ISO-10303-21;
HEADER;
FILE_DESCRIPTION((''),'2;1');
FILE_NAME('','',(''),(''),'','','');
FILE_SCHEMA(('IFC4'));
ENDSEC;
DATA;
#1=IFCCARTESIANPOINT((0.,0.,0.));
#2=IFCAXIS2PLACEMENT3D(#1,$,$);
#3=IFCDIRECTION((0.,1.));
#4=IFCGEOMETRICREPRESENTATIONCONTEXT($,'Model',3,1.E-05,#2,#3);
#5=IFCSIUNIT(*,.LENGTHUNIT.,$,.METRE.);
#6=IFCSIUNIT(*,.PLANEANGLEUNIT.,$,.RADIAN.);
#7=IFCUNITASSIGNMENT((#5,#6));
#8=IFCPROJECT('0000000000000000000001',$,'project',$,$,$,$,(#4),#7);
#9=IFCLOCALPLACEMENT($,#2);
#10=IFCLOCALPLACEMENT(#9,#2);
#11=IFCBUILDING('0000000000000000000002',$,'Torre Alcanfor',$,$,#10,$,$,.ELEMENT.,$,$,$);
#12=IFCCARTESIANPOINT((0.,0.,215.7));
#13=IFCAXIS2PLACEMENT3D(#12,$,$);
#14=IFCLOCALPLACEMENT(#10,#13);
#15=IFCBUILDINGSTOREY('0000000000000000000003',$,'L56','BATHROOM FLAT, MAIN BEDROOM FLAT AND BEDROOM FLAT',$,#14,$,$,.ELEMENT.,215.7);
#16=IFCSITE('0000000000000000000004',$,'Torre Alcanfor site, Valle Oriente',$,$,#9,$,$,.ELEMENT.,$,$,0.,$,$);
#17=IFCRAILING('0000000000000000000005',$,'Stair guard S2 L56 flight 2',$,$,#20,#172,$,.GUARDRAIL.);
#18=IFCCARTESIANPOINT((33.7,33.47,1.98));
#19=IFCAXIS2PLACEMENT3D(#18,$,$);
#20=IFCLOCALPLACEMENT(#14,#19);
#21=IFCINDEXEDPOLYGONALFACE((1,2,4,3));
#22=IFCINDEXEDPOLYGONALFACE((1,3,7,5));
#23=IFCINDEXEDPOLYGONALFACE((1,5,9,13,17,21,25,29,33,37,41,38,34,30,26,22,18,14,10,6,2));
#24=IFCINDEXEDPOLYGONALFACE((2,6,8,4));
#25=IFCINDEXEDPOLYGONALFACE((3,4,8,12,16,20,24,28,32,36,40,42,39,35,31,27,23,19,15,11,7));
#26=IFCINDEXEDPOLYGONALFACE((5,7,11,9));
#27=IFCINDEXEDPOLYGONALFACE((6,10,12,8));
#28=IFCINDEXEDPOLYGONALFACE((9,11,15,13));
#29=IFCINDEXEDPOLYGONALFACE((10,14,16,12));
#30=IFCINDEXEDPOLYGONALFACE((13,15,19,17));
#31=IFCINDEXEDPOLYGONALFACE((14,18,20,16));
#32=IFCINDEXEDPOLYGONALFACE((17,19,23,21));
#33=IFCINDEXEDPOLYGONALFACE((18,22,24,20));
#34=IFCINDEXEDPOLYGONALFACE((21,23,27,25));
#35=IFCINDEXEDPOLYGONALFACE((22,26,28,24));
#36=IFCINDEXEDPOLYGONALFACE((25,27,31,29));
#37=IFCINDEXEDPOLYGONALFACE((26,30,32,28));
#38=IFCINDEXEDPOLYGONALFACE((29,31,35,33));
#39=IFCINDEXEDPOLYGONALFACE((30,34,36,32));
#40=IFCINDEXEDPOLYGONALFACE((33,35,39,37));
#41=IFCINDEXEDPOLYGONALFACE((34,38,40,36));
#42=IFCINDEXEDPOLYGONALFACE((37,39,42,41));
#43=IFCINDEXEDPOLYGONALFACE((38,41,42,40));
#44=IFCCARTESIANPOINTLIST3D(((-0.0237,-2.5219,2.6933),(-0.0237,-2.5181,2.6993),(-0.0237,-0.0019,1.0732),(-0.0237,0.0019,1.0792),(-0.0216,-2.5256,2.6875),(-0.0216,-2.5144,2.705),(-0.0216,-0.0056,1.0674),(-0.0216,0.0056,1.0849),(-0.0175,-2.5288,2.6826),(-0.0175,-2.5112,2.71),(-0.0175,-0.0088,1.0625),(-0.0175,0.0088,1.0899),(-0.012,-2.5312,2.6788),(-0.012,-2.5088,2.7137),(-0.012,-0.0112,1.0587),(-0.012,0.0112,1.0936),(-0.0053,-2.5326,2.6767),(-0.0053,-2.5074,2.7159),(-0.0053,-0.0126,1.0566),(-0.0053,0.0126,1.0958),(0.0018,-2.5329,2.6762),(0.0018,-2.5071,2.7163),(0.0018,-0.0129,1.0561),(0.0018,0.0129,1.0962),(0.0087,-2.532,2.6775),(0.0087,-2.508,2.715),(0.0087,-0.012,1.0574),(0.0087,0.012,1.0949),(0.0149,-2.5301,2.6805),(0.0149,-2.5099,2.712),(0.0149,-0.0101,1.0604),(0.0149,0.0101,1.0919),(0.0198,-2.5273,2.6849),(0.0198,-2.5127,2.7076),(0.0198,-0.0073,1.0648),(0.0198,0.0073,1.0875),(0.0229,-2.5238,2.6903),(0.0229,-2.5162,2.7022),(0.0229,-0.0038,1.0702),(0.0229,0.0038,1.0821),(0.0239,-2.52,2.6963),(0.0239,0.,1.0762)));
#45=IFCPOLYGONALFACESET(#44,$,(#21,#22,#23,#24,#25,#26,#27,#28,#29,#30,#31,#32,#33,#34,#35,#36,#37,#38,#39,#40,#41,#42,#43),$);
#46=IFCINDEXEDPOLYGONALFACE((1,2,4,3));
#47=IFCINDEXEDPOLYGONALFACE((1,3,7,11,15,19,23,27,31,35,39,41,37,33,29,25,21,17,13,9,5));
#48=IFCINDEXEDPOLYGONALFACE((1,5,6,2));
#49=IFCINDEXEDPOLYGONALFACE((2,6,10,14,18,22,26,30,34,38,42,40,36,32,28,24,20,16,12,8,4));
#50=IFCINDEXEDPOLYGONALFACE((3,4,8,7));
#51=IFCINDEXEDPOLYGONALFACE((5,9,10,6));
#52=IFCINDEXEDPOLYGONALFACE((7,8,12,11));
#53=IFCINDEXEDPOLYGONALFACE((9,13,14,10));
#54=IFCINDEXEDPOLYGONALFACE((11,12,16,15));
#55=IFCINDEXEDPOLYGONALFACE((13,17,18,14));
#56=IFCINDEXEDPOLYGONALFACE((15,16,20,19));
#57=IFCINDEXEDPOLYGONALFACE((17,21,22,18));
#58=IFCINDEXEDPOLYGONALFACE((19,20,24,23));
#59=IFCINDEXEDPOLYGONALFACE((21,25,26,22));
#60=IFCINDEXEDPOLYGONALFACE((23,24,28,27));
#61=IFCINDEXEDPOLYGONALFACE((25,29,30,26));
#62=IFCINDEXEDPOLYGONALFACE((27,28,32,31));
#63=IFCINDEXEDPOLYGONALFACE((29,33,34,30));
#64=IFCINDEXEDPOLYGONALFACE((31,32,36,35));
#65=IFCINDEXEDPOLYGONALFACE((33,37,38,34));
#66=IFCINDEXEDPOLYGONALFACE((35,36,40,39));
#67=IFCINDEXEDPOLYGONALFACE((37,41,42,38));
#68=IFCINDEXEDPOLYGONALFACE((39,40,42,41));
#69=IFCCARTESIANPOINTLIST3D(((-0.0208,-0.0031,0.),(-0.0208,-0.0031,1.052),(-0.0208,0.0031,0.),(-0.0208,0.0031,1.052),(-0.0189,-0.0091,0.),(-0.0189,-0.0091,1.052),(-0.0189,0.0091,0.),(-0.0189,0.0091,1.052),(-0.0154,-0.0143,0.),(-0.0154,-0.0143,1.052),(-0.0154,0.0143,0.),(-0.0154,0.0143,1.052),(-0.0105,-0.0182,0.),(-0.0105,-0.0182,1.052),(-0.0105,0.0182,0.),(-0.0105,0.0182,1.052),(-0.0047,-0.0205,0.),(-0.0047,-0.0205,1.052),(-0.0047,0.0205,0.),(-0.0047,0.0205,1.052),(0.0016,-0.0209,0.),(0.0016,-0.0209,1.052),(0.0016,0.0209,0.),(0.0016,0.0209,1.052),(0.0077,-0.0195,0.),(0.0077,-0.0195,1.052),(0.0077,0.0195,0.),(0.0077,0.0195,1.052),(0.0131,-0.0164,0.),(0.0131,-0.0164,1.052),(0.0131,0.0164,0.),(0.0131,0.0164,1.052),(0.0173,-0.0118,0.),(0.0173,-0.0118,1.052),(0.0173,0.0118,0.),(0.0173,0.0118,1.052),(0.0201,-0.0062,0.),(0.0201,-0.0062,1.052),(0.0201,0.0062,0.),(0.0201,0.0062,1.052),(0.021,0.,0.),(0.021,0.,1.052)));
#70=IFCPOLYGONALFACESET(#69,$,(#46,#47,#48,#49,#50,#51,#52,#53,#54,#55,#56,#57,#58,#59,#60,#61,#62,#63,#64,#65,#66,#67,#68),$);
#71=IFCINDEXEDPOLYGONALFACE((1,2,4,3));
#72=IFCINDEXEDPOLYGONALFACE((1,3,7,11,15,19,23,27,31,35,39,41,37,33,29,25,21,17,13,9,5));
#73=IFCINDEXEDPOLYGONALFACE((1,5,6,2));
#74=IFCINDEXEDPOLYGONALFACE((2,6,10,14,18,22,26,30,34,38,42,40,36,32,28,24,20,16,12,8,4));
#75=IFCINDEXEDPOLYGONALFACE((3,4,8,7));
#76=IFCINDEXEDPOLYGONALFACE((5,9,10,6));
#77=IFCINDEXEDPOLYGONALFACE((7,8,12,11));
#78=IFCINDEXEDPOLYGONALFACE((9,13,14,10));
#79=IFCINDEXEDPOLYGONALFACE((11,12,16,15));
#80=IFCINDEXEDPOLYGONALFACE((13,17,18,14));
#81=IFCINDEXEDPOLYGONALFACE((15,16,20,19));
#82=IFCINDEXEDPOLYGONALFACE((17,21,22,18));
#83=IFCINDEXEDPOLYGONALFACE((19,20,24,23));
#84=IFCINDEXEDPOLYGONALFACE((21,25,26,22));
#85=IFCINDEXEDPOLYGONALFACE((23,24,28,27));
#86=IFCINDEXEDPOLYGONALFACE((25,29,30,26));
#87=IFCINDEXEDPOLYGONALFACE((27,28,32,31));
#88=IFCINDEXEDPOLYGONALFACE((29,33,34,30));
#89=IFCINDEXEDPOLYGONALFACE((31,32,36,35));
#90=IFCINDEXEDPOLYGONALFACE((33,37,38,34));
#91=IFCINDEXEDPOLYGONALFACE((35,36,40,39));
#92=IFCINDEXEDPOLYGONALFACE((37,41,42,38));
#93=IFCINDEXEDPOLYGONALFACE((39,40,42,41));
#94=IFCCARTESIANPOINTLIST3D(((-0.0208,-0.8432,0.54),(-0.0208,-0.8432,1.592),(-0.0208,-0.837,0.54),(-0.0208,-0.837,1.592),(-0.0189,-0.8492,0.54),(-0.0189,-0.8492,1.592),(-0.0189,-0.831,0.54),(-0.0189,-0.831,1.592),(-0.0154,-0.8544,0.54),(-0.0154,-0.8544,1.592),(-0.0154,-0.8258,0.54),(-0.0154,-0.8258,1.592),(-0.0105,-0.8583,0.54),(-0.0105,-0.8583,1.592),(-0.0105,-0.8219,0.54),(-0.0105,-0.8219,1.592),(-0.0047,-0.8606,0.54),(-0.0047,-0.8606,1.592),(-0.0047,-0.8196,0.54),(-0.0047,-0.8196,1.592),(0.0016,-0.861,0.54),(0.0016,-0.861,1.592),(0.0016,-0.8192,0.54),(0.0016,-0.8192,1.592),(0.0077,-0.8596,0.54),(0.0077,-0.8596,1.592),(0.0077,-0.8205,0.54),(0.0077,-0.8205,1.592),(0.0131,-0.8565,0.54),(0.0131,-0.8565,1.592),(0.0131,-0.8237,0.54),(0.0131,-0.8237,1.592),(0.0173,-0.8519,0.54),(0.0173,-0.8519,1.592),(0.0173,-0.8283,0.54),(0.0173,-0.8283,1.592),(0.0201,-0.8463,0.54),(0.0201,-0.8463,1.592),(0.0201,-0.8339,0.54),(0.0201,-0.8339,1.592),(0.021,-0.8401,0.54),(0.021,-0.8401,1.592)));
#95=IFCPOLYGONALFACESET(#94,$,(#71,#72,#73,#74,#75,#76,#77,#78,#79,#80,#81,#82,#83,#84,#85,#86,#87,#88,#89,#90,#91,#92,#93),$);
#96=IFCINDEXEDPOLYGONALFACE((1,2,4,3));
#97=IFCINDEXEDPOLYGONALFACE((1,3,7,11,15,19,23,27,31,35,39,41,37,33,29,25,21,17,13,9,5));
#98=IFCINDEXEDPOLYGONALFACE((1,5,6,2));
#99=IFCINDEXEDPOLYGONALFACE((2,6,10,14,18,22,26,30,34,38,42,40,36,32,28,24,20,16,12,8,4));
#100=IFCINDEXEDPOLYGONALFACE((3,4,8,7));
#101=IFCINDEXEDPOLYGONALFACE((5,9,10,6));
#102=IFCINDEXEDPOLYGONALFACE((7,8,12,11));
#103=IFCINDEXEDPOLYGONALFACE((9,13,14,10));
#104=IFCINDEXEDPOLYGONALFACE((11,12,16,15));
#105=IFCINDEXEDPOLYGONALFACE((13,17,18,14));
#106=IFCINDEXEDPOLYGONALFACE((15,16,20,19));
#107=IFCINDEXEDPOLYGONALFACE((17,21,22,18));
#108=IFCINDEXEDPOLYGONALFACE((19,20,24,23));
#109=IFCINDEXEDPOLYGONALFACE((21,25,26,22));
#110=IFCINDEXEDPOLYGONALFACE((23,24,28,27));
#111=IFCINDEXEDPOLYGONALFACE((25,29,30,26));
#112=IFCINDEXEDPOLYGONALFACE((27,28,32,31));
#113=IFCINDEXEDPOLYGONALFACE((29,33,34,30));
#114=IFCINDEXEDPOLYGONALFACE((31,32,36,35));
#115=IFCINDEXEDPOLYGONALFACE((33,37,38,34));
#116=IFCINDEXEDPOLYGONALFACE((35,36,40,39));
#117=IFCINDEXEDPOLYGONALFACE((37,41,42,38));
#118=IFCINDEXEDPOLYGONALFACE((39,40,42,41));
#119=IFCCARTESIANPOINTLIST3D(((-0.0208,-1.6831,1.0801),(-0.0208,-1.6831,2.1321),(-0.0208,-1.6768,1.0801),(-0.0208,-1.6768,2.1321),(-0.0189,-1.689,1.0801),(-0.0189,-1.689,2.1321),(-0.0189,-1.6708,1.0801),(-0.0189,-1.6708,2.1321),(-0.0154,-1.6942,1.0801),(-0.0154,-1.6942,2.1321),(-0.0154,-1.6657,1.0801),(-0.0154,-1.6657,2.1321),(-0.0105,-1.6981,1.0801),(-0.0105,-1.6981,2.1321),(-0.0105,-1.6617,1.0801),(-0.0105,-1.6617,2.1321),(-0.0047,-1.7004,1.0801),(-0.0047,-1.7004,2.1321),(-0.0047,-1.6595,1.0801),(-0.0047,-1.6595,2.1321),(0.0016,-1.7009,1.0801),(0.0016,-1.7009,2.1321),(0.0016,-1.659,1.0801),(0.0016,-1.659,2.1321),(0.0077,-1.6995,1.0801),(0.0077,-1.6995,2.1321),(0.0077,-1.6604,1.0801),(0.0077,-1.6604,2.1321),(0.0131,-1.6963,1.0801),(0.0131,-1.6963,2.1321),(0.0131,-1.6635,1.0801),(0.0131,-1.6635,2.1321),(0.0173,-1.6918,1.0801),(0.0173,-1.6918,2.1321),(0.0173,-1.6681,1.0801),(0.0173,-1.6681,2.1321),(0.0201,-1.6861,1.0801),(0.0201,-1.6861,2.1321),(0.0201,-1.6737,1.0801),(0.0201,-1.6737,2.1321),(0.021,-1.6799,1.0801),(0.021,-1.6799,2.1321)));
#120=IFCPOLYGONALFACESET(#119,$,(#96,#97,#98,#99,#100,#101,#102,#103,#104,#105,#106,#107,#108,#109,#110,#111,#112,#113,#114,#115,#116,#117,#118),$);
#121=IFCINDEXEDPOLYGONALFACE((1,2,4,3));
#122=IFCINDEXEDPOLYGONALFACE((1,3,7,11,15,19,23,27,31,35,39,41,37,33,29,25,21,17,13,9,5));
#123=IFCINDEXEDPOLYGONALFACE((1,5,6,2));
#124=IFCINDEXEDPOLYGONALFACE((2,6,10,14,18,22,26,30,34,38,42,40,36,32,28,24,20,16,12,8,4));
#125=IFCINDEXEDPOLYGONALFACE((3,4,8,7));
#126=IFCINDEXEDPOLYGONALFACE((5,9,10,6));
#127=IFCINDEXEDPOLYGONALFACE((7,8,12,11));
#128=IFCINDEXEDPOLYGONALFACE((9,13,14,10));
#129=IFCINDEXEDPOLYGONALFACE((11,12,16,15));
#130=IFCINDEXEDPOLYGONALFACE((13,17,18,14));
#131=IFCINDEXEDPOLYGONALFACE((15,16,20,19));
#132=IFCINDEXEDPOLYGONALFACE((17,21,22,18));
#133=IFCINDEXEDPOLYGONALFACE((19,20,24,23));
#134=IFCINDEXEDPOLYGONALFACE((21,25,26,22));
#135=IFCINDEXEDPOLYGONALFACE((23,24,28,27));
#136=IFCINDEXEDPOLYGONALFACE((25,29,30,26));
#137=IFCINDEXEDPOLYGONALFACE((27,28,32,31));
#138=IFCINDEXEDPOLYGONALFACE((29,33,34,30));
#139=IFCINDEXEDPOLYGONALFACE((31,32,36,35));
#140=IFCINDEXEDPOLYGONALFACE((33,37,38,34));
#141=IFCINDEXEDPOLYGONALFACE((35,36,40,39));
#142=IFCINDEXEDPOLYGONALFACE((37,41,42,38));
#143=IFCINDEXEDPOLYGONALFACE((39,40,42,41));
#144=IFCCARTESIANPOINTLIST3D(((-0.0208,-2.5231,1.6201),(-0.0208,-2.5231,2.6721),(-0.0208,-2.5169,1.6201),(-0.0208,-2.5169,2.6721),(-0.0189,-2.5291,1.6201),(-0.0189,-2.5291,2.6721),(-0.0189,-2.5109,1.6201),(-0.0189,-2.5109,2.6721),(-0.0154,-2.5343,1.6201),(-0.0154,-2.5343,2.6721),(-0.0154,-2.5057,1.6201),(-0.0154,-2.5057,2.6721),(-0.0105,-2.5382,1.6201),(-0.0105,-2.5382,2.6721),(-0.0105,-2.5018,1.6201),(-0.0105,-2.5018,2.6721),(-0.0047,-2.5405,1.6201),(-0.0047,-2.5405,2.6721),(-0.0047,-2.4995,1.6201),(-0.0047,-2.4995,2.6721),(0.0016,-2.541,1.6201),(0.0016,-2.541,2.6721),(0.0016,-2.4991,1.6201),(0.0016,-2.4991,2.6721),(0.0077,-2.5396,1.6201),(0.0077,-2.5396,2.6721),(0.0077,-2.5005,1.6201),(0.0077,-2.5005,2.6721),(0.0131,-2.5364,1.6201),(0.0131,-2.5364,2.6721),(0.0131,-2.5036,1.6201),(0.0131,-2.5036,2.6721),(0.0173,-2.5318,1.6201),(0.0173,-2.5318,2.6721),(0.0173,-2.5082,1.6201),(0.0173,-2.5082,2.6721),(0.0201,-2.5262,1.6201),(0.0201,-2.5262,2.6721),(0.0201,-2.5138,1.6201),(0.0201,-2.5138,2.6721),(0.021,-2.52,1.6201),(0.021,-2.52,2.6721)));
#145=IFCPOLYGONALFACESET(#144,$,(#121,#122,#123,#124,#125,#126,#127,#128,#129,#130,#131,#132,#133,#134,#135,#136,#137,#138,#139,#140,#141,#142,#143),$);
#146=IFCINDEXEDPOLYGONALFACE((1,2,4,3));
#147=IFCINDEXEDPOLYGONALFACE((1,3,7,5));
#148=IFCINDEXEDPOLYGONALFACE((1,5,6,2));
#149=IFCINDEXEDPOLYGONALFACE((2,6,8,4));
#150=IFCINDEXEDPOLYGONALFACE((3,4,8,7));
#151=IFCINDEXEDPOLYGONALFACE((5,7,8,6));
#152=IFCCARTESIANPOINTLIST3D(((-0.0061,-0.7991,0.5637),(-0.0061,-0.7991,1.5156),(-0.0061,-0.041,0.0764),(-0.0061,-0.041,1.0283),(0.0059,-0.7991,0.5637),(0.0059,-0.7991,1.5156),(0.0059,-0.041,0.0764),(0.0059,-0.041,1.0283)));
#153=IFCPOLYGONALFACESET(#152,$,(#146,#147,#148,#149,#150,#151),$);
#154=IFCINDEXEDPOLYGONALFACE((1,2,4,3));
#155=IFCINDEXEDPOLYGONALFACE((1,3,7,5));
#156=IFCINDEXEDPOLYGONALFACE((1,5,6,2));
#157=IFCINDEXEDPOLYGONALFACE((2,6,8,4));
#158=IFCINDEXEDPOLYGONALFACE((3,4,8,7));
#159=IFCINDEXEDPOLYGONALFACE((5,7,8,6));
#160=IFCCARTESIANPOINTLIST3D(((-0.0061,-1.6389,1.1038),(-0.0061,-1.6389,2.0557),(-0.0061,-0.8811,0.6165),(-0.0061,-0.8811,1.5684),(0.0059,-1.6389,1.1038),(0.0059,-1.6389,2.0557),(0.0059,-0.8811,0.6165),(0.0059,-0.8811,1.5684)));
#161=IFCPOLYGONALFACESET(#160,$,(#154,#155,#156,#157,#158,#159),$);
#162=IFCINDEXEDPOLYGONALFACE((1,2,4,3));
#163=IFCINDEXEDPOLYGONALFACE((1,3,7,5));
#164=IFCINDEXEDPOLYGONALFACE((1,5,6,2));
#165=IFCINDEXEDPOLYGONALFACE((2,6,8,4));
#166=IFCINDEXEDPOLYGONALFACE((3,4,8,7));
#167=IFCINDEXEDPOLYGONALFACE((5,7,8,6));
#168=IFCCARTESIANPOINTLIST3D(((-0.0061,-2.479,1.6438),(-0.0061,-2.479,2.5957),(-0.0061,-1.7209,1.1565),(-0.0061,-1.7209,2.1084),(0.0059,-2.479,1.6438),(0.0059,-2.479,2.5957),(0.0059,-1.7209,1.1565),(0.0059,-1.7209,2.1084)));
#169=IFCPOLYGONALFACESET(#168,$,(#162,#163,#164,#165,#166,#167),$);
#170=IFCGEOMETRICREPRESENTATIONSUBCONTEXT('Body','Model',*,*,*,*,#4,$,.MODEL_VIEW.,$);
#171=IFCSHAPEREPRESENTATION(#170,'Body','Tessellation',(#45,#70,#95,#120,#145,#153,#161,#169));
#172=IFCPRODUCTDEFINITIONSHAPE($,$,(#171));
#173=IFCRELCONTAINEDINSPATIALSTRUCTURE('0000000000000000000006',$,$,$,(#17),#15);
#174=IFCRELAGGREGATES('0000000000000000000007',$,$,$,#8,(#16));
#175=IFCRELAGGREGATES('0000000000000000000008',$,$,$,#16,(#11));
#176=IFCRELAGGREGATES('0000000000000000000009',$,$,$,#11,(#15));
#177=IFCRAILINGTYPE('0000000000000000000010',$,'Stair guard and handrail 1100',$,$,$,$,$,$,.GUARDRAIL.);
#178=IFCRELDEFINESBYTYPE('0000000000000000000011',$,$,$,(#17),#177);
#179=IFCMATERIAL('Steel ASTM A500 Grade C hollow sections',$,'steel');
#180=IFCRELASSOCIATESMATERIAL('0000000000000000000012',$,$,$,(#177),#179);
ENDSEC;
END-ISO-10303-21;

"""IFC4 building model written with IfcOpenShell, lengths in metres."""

from ifc_helpers import new_model, si_unit, direction, frame, origin, origin_2d, place, context, subcontext, project, spatial, polyline, circle, outline, extrude, material, type_object, element, save


model = new_model("IFC4")

# Units and contexts
model_context = context("Model", 3, precision=1e-05, world=origin(), true_north=direction((0.0, 1.0)))
body_context = subcontext(model_context, "Body", "Model", "MODEL_VIEW")
ifc_project = project(units=[si_unit("LENGTHUNIT", "METRE"), si_unit("PLANEANGLEUNIT", "RADIAN")], contexts=[model_context])

# Site, building, storey
site_placement = place(None, origin())
site = spatial("IfcSite", under=ifc_project, at=site_placement, Name="Torre Alcanfor site, Valle Oriente", CompositionType="ELEMENT", RefElevation=0.0)
building_placement = place(site_placement, origin())
building = spatial("IfcBuilding", under=site, at=building_placement, Name="Torre Alcanfor", CompositionType="ELEMENT")
storey_placement = place(building_placement, frame((0.0, 0.0, 215.7)))
storey = spatial("IfcBuildingStorey", under=building, at=storey_placement, Name="L56", Description="BATHROOM FLAT, MAIN BEDROOM FLAT AND BEDROOM FLAT", CompositionType="ELEMENT", Elevation=215.7)

# Railing
ifc_material_1 = material(Name="Steel ASTM A500 Grade C hollow sections", Category="steel")
railing_type_1 = type_object("IfcRailingType", Name="Stair guard and handrail 1100", PredefinedType="GUARDRAIL", material=ifc_material_1)
railing_1_placement = place(storey_placement, frame((33.7, 33.47, 1.98)))
element("IfcRailing", 1, at=railing_1_placement, inside=storey, type_object=railing_type_1, Name="Stair guard S2 L56 flight 2", PredefinedType="GUARDRAIL", context=body_context, shape_type="SweptSolid", body=[
    extrude(circle(Radius=0.0239, at=origin_2d()), frame((0.0, 0.0, 1.0762), z_axis=(0.0, -0.841163, 0.540782), x_axis=(1.0, 0.0, 0.0)), (0.0, 0.0, 1.0), 2.9958),
    extrude(circle(Radius=0.021, at=origin_2d()), origin(), (0.0, 0.0, 1.0), 1.052),
    extrude(circle(Radius=0.021, at=origin_2d()), frame((0.0, -0.8401, 0.54)), (0.0, 0.0, 1.0), 1.052),
    extrude(circle(Radius=0.021, at=origin_2d()), frame((0.0, -1.6799, 1.0801)), (0.0, 0.0, 1.0), 1.052),
    extrude(circle(Radius=0.021, at=origin_2d()), frame((0.0, -2.52, 1.6201)), (0.0, 0.0, 1.0), 1.052),
    extrude(outline(polyline([(0.041, 0.0764), (0.7991, 0.5637), (0.7991, 1.5156), (0.041, 1.0283), (0.041, 0.0764)])), frame((0.0059, 0.0, 0.0), z_axis=(-1.0, 0.0, 0.0), x_axis=(0.0, -1.0, 0.0)), (0.0, 0.0, 1.0), 0.012),
    extrude(outline(polyline([(0.8811, 0.6165), (1.6389, 1.1038), (1.6389, 2.0557), (0.8811, 1.5684), (0.8811, 0.6165)])), frame((0.0059, 0.0, 0.0), z_axis=(-1.0, 0.0, 0.0), x_axis=(0.0, -1.0, 0.0)), (0.0, 0.0, 1.0), 0.012),
    extrude(outline(polyline([(1.7209, 1.1565), (2.479, 1.6438), (2.479, 2.5957), (1.7209, 2.1084), (1.7209, 1.1565)])), frame((0.0059, 0.0, 0.0), z_axis=(-1.0, 0.0, 0.0), x_axis=(0.0, -1.0, 0.0)), (0.0, 0.0, 1.0), 0.012),
])

save(model, "model.ifc")
